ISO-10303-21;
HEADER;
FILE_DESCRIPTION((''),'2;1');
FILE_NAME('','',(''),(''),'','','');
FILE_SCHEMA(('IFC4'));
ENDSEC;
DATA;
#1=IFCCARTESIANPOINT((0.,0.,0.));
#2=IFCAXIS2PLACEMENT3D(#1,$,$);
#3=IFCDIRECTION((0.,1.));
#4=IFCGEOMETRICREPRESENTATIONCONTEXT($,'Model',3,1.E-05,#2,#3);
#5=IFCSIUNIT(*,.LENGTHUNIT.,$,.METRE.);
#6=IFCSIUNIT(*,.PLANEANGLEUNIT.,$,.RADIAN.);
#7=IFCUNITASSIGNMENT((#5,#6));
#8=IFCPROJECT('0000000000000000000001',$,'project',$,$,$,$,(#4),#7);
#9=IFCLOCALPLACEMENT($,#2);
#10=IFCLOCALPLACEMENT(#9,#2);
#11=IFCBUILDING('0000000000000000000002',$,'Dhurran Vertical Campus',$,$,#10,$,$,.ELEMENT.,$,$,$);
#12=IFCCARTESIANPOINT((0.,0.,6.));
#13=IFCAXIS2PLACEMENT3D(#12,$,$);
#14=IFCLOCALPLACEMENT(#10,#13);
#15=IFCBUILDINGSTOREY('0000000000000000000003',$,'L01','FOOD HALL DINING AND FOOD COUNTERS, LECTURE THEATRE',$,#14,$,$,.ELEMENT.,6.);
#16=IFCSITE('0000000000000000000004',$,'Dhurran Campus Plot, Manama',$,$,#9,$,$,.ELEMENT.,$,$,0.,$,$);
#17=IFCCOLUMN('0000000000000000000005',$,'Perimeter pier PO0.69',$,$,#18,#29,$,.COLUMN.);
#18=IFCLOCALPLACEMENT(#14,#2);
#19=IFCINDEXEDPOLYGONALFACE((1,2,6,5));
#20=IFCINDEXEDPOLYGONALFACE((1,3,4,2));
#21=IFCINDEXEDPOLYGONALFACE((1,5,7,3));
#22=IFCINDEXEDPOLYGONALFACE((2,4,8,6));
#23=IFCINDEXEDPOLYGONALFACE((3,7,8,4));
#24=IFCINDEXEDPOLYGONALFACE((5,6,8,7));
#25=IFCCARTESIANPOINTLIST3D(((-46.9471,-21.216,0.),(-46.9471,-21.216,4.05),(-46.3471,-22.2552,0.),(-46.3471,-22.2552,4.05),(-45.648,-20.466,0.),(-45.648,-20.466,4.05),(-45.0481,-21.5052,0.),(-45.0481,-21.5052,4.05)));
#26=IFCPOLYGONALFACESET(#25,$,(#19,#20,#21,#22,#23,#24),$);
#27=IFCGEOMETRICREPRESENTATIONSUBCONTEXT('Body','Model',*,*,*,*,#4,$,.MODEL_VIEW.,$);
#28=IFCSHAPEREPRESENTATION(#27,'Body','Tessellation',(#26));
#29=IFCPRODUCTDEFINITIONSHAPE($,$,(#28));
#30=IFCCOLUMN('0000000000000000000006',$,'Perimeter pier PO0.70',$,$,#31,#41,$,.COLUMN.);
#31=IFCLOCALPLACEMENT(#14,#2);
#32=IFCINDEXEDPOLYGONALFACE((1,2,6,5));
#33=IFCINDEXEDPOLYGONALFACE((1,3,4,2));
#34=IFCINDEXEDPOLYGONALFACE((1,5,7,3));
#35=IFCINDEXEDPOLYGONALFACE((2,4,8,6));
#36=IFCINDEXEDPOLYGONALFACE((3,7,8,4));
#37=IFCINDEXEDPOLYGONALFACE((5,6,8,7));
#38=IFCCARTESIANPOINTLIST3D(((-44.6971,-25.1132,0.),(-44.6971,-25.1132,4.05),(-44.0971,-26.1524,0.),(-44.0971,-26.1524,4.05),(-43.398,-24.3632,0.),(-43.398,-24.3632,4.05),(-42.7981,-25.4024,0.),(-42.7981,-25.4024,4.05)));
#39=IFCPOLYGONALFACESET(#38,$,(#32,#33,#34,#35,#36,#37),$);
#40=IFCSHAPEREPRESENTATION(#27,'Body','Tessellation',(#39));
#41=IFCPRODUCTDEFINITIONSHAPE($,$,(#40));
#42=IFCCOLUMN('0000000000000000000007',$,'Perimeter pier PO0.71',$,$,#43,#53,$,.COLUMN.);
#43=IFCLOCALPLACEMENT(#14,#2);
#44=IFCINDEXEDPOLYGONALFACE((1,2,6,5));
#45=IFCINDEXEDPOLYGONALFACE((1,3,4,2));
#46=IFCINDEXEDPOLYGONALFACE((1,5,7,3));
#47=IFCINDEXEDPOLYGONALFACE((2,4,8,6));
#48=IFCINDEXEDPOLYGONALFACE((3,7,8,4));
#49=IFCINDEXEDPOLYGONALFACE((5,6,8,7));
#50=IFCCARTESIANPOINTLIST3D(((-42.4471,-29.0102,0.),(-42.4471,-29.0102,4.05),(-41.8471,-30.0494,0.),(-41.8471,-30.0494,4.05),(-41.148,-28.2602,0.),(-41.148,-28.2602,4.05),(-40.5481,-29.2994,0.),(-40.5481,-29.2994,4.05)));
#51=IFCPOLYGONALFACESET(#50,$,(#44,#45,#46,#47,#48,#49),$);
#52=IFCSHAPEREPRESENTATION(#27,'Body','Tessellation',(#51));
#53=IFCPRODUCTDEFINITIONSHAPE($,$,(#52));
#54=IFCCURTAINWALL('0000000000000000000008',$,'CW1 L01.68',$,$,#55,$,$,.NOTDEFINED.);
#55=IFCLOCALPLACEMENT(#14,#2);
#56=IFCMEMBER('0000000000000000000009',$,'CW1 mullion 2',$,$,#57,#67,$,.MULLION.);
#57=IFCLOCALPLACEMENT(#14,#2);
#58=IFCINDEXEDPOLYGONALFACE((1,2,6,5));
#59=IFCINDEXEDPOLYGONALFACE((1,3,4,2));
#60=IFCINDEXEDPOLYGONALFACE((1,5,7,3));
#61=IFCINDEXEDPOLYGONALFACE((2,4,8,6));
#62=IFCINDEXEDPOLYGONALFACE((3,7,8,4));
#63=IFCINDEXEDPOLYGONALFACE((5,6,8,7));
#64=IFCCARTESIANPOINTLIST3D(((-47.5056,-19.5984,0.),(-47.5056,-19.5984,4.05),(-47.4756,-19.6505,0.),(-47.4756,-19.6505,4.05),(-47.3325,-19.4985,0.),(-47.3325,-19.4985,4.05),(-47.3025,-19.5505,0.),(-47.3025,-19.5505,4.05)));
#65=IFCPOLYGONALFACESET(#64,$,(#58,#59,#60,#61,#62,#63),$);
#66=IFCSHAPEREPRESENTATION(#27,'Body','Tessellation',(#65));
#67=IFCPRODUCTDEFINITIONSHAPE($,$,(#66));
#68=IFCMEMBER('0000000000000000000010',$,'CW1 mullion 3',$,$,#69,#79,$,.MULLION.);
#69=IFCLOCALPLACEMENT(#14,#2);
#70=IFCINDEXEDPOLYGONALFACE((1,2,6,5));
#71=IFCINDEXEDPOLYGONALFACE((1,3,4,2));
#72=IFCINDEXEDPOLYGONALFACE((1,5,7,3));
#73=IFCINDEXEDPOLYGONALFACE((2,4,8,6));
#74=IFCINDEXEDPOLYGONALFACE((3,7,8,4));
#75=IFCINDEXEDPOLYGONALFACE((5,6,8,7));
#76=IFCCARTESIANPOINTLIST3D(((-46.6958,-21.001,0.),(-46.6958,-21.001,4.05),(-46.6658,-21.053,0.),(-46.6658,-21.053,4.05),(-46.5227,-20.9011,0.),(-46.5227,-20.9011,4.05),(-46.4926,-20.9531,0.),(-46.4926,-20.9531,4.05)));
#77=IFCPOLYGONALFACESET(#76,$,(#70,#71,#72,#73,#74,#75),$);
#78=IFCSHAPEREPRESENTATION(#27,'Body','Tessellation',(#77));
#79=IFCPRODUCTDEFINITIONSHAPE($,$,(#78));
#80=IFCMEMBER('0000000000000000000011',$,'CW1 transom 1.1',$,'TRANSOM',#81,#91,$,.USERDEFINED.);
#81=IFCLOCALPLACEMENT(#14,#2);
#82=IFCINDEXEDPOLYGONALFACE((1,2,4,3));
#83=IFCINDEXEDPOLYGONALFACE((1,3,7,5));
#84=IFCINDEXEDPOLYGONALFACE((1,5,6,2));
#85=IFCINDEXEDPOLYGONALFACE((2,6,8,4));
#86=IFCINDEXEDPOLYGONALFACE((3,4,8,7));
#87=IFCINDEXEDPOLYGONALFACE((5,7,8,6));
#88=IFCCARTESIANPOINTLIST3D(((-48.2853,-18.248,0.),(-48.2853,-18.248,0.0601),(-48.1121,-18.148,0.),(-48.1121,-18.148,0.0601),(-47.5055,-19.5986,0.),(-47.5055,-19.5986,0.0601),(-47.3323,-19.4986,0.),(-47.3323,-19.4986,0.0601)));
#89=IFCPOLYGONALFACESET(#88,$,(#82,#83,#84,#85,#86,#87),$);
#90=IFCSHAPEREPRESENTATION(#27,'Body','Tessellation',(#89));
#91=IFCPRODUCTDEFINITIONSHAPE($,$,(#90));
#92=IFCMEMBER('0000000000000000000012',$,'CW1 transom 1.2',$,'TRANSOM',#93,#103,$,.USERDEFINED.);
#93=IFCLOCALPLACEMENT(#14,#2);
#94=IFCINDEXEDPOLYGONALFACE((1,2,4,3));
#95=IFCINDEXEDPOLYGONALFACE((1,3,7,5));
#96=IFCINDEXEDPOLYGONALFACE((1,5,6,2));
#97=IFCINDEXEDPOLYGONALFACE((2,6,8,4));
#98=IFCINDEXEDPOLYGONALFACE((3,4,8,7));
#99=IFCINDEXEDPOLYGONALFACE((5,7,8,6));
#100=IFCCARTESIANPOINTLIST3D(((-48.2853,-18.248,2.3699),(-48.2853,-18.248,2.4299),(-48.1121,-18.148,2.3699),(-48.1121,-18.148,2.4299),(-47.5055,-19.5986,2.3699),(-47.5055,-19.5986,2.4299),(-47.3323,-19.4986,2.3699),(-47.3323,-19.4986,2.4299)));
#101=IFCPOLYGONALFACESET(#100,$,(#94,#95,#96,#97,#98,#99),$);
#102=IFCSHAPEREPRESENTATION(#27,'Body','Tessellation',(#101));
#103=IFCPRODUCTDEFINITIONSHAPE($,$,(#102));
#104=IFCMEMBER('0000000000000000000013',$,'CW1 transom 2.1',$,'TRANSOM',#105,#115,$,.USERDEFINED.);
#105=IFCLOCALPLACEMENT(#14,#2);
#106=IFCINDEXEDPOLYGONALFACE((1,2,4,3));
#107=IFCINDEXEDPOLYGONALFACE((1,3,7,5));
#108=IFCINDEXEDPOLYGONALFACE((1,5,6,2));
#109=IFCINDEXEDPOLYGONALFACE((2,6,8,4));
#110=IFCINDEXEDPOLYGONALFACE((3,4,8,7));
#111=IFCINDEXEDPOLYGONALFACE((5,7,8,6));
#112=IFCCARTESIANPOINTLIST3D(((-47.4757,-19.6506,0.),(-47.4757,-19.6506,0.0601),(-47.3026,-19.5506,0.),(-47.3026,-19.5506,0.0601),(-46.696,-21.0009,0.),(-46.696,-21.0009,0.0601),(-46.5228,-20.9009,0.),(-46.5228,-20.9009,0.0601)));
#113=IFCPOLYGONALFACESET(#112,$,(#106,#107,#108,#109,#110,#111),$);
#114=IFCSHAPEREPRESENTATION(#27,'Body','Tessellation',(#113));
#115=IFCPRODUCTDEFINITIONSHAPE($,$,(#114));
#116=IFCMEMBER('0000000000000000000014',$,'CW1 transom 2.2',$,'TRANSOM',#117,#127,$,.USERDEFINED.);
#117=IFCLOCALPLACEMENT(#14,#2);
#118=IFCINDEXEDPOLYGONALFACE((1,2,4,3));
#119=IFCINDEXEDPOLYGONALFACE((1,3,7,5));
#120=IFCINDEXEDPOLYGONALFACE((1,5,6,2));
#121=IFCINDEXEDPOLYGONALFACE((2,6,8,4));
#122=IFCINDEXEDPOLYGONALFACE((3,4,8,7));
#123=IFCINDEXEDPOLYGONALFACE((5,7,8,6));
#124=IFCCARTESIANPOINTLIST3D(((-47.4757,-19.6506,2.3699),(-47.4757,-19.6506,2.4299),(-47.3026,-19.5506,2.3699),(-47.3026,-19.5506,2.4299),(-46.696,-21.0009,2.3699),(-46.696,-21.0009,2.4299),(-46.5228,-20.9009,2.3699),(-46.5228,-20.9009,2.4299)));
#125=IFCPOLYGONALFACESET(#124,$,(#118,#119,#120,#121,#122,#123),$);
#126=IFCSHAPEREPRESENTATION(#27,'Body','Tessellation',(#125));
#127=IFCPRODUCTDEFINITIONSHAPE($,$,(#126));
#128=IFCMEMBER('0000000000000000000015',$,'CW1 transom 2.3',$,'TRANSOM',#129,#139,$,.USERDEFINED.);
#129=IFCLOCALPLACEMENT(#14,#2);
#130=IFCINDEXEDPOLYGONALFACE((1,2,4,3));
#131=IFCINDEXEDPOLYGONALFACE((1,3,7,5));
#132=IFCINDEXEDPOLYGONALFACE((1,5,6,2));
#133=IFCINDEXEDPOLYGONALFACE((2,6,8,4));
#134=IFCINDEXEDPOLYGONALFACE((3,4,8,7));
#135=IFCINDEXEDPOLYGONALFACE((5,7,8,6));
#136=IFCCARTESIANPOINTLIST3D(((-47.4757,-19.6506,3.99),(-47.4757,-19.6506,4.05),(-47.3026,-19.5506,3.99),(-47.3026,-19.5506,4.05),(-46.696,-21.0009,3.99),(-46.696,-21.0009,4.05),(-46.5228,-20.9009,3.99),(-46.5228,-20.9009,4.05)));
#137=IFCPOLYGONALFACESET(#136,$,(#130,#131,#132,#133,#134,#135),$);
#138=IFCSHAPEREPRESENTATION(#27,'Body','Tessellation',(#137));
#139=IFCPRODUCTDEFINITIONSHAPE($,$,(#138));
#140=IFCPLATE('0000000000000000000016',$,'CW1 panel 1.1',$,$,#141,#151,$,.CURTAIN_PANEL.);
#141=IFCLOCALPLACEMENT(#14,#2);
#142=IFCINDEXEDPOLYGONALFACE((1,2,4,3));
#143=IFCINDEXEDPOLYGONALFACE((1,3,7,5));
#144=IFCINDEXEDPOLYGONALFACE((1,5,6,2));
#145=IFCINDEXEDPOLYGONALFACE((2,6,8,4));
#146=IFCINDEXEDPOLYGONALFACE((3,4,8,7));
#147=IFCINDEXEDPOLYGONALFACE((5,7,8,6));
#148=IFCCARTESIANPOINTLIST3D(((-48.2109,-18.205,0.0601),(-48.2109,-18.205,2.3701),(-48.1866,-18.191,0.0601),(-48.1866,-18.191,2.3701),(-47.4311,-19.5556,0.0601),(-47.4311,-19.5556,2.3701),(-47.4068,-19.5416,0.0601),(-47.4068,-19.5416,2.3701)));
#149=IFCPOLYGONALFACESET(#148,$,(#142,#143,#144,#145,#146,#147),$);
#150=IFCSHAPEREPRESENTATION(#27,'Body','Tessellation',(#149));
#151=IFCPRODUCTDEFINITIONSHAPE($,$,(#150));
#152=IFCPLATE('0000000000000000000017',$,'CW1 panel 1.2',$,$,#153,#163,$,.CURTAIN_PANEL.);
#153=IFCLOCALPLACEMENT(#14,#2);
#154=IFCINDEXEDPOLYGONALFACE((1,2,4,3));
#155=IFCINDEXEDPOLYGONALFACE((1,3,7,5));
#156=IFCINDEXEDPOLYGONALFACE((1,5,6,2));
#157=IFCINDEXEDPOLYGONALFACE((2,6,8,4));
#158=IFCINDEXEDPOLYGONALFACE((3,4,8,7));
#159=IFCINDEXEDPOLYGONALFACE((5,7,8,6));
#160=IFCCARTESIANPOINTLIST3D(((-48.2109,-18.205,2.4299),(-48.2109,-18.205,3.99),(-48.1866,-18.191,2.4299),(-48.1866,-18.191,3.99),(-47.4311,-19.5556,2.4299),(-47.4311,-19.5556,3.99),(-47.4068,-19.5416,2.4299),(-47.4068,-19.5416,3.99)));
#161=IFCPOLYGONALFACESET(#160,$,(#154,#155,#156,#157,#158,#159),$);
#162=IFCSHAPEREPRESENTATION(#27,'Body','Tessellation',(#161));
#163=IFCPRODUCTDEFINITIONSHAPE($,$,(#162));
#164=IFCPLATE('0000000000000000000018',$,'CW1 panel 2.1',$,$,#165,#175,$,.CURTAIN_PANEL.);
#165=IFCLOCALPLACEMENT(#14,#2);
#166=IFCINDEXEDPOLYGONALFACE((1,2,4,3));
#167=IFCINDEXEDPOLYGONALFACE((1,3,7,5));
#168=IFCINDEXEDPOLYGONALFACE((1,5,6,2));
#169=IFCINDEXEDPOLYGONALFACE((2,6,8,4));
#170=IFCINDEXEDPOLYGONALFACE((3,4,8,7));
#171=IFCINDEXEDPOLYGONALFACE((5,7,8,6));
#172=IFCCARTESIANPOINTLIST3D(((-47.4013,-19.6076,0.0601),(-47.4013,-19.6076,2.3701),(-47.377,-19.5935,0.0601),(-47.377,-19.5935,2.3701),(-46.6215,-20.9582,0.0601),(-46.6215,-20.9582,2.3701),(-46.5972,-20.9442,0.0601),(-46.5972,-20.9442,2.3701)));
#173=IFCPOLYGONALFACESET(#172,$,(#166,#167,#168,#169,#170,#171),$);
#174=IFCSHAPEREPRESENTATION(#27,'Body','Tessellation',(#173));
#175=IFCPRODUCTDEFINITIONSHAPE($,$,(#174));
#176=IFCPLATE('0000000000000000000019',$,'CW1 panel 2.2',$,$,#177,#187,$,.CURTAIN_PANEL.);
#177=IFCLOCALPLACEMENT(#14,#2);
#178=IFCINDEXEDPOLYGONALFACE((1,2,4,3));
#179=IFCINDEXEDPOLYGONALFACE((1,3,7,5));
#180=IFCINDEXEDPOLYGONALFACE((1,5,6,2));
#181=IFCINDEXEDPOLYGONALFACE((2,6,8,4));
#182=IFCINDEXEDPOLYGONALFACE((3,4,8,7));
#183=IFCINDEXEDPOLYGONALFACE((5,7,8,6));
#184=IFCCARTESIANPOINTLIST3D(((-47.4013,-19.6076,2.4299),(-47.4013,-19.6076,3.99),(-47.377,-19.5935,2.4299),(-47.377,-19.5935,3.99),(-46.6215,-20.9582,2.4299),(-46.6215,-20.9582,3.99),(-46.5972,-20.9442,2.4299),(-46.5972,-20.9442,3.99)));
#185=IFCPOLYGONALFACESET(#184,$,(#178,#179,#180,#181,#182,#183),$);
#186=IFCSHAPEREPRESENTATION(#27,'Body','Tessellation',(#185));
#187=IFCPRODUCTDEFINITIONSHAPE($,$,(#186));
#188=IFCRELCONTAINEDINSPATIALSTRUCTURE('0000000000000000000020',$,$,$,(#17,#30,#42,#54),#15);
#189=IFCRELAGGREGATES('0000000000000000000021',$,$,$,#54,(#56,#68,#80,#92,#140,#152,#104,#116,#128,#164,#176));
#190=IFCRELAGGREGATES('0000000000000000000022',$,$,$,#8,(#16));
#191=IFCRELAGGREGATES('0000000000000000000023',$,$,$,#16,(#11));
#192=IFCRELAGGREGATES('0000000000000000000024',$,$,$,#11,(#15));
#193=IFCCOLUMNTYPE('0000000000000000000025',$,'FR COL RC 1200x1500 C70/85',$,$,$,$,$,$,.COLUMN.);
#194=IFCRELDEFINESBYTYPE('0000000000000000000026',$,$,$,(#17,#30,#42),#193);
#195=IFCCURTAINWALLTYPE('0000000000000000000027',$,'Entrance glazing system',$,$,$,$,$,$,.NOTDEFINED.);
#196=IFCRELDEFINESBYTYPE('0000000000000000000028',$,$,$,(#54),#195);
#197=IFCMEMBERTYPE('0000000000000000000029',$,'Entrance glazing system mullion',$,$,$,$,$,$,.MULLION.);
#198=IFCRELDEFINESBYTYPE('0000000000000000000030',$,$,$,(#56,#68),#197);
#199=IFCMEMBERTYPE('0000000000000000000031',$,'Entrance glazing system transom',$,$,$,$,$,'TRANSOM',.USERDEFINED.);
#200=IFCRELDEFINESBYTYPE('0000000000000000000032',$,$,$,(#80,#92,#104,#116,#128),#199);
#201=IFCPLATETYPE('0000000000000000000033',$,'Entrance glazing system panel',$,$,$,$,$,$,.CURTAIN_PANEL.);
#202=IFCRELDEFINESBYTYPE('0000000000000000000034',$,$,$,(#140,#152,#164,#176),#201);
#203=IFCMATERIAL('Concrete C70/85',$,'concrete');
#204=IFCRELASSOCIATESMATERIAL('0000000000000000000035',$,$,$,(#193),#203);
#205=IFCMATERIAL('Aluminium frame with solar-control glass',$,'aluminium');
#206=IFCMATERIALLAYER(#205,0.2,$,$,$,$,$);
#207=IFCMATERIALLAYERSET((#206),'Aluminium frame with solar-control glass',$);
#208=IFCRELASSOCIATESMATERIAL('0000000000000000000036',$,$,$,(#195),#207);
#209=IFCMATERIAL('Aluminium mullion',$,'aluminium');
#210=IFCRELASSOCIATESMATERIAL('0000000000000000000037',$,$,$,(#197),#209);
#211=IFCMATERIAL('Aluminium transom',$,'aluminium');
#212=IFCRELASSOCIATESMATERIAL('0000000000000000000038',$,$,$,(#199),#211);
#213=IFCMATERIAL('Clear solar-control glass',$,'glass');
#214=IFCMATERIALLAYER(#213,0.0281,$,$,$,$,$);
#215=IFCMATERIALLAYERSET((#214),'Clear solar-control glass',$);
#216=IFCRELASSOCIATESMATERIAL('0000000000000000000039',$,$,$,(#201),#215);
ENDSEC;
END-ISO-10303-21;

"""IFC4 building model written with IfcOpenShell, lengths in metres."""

from ifc_helpers import new_model, si_unit, direction, frame, origin, origin_2d, place, context, subcontext, project, spatial, rectangle, extrude, material, layer, layer_set, material_profile, profile_set, type_object, element, aggregate, save


model = new_model("IFC4")

# Units and contexts
model_context = context("Model", 3, precision=1e-05, world=origin(), true_north=direction((0.0, 1.0)))
body_context = subcontext(model_context, "Body", "Model", "MODEL_VIEW")
ifc_project = project(units=[si_unit("LENGTHUNIT", "METRE"), si_unit("PLANEANGLEUNIT", "RADIAN")], contexts=[model_context])

# Site, building, storey
site_placement = place(None, origin())
site = spatial("IfcSite", under=ifc_project, at=site_placement, Name="Dhurran Campus Plot, Manama", CompositionType="ELEMENT", RefElevation=0.0)
building_placement = place(site_placement, origin())
building = spatial("IfcBuilding", under=site, at=building_placement, Name="Dhurran Vertical Campus", CompositionType="ELEMENT")
storey_placement = place(building_placement, frame((0.0, 0.0, 6.0)))
storey = spatial("IfcBuildingStorey", under=building, at=storey_placement, Name="L01", Description="FOOD HALL DINING AND FOOD COUNTERS, LECTURE THEATRE", CompositionType="ELEMENT", Elevation=6.0)

# Columns
ifc_material_1 = material(Name="Concrete C70/85", Category="concrete")
ifc_material_profile_1 = material_profile(ifc_material_1, rectangle(XDim=1.2, YDim=1.5, at=origin_2d()), Name="RC 1200x1500")
ifc_profile_set_1 = profile_set([ifc_material_profile_1], Name="Concrete C70/85")
column_type = type_object("IfcColumnType", Name="FR COL RC 1200x1500 C70/85", PredefinedType="COLUMN", material=ifc_profile_set_1)
for number, where, z_axis, x_axis, name in (
    (1, (-45.9976, -21.3606, 0.0), (0.0, 0.0, 1.0), (0.5, -0.866025, 0.0), "Perimeter pier PO0.69"),
    (2, (-43.7476, -25.2578, 0.0), (0.0, 0.0, 1.0), (0.5, -0.866025, 0.0), "Perimeter pier PO0.70"),
    (3, (-41.4976, -29.1548, 0.0), (0.0, 0.0, 1.0), (0.5, -0.866025, 0.0), "Perimeter pier PO0.71"),
):
    element("IfcColumn", number, at=place(storey_placement, frame(where, z_axis=z_axis, x_axis=x_axis)), inside=storey, type_object=column_type, Name=name, PredefinedType="COLUMN", context=body_context, shape_type="SweptSolid", body=[
        extrude(rectangle(XDim=1.2, YDim=1.5, at=origin_2d()), origin(), (0.0, 0.0, 1.0), 4.05),
    ])

# Curtain wall, members, plates
ifc_material_2 = material(Name="Aluminium frame with solar-control glass", Category="aluminium")
ifc_layer_1 = layer(ifc_material_2, 0.2)
ifc_layer_set_1 = layer_set([ifc_layer_1], Name="Aluminium frame with solar-control glass")
curtain_wall_type = type_object("IfcCurtainWallType", Name="Entrance glazing system", PredefinedType="NOTDEFINED", material=ifc_layer_set_1)
curtain_wall_placement = place(storey_placement, origin())
curtain_wall = element("IfcCurtainWall", 4, at=curtain_wall_placement, inside=storey, type_object=curtain_wall_type, Name="CW1 L01.68", PredefinedType="NOTDEFINED")
ifc_material_3 = material(Name="Aluminium mullion", Category="aluminium")
ifc_material_profile_2 = material_profile(ifc_material_3, rectangle(XDim=0.2, YDim=0.0601, at=origin_2d()), Name="Entrance glazing system mullion")
ifc_profile_set_2 = profile_set([ifc_material_profile_2], Name="Aluminium mullion")
member_type_1 = type_object("IfcMemberType", Name="Entrance glazing system mullion", PredefinedType="MULLION", material=ifc_profile_set_2)
member_1_placement = place(storey_placement, frame((-47.4041, -19.5745, 0.0), z_axis=(0.0, 0.0, 1.0), x_axis=(0.866024, 0.500002, 0.0)))
member_1 = element("IfcMember", 5, at=member_1_placement, type_object=member_type_1, Name="CW1 mullion 2", PredefinedType="MULLION", context=body_context, shape_type="SweptSolid", body=[
    extrude(rectangle(XDim=0.2, YDim=0.0601, at=origin_2d()), origin(), (0.0, 0.0, 1.0), 4.05),
])
member_2_placement = place(storey_placement, frame((-46.5942, -20.9771, 0.0), z_axis=(0.0, 0.0, 1.0), x_axis=(0.866024, 0.500002, 0.0)))
member_2 = element("IfcMember", 6, at=member_2_placement, type_object=member_type_1, Name="CW1 mullion 3", PredefinedType="MULLION", context=body_context, shape_type="SweptSolid", body=[
    extrude(rectangle(XDim=0.2, YDim=0.0601, at=origin_2d()), origin(), (0.0, 0.0, 1.0), 4.05),
])
ifc_material_4 = material(Name="Aluminium transom", Category="aluminium")
ifc_material_profile_3 = material_profile(ifc_material_4, rectangle(XDim=0.2, YDim=0.0601, at=origin_2d()), Name="Entrance glazing system transom")
ifc_profile_set_3 = profile_set([ifc_material_profile_3], Name="Aluminium transom")
member_type_2 = type_object("IfcMemberType", Name="Entrance glazing system transom", ElementType="TRANSOM", PredefinedType="USERDEFINED", material=ifc_profile_set_3)
member_3_placement = place(storey_placement, frame((-48.1987, -18.198, 0.03), z_axis=(0.500012, -0.866019, 0.0), x_axis=(0.866019, 0.500012, 0.0)))
member_3 = element("IfcMember", 7, at=member_3_placement, type_object=member_type_2, Name="CW1 transom 1.1", ObjectType="TRANSOM", PredefinedType="USERDEFINED", context=body_context, shape_type="SweptSolid", body=[
    extrude(rectangle(XDim=0.2, YDim=0.0601, at=origin_2d()), origin(), (0.0, 0.0, 1.0), 1.5596),
])
member_4_placement = place(storey_placement, frame((-48.1987, -18.198, 2.3999), z_axis=(0.500012, -0.866019, 0.0), x_axis=(0.866019, 0.500012, 0.0)))
member_4 = element("IfcMember", 8, at=member_4_placement, type_object=member_type_2, Name="CW1 transom 1.2", ObjectType="TRANSOM", PredefinedType="USERDEFINED", context=body_context, shape_type="SweptSolid", body=[
    extrude(rectangle(XDim=0.2, YDim=0.0601, at=origin_2d()), origin(), (0.0, 0.0, 1.0), 1.5596),
])
member_5_placement = place(storey_placement, frame((-47.3892, -19.6006, 0.03), z_axis=(0.500079, -0.86598, 0.0), x_axis=(0.86598, 0.500079, 0.0)))
member_5 = element("IfcMember", 9, at=member_5_placement, type_object=member_type_2, Name="CW1 transom 2.1", ObjectType="TRANSOM", PredefinedType="USERDEFINED", context=body_context, shape_type="SweptSolid", body=[
    extrude(rectangle(XDim=0.2, YDim=0.0601, at=origin_2d()), origin(), (0.0, 0.0, 1.0), 1.5593),
])
member_6_placement = place(storey_placement, frame((-47.3892, -19.6006, 2.3999), z_axis=(0.500079, -0.86598, 0.0), x_axis=(0.86598, 0.500079, 0.0)))
member_6 = element("IfcMember", 10, at=member_6_placement, type_object=member_type_2, Name="CW1 transom 2.2", ObjectType="TRANSOM", PredefinedType="USERDEFINED", context=body_context, shape_type="SweptSolid", body=[
    extrude(rectangle(XDim=0.2, YDim=0.0601, at=origin_2d()), origin(), (0.0, 0.0, 1.0), 1.5593),
])
member_7_placement = place(storey_placement, frame((-47.3892, -19.6006, 4.02), z_axis=(0.500079, -0.86598, 0.0), x_axis=(0.86598, 0.500079, 0.0)))
member_7 = element("IfcMember", 11, at=member_7_placement, type_object=member_type_2, Name="CW1 transom 2.3", ObjectType="TRANSOM", PredefinedType="USERDEFINED", context=body_context, shape_type="SweptSolid", body=[
    extrude(rectangle(XDim=0.2, YDim=0.0601, at=origin_2d()), origin(), (0.0, 0.0, 1.0), 1.5593),
])
ifc_material_5 = material(Name="Clear solar-control glass", Category="glass")
ifc_layer_2 = layer(ifc_material_5, 0.0281)
ifc_layer_set_2 = layer_set([ifc_layer_2], Name="Clear solar-control glass")
plate_type = type_object("IfcPlateType", Name="Entrance glazing system panel", PredefinedType="CURTAIN_PANEL", material=ifc_layer_set_2)
plate_1_placement = place(storey_placement, frame((-47.8088, -18.8733, 0.0601), z_axis=(0.0, 0.0, 1.0), x_axis=(0.500002, -0.866024, 0.0)))
plate_1 = element("IfcPlate", 12, at=plate_1_placement, type_object=plate_type, Name="CW1 panel 1.1", PredefinedType="CURTAIN_PANEL", context=body_context, shape_type="SweptSolid", body=[
    extrude(rectangle(XDim=1.5596, YDim=0.0281, at=origin_2d()), origin(), (0.0, 0.0, 1.0), 2.3101),
])
plate_2_placement = place(storey_placement, frame((-47.8088, -18.8733, 2.4299), z_axis=(0.0, 0.0, 1.0), x_axis=(0.500002, -0.866024, 0.0)))
plate_2 = element("IfcPlate", 13, at=plate_2_placement, type_object=plate_type, Name="CW1 panel 1.2", PredefinedType="CURTAIN_PANEL", context=body_context, shape_type="SweptSolid", body=[
    extrude(rectangle(XDim=1.5596, YDim=0.0281, at=origin_2d()), origin(), (0.0, 0.0, 1.0), 1.5601),
])
plate_3_placement = place(storey_placement, frame((-46.9993, -20.2759, 0.0601), z_axis=(0.0, 0.0, 1.0), x_axis=(0.500002, -0.866024, 0.0)))
plate_3 = element("IfcPlate", 14, at=plate_3_placement, type_object=plate_type, Name="CW1 panel 2.1", PredefinedType="CURTAIN_PANEL", context=body_context, shape_type="SweptSolid", body=[
    extrude(rectangle(XDim=1.5596, YDim=0.0281, at=origin_2d()), origin(), (0.0, 0.0, 1.0), 2.3101),
])
plate_4_placement = place(storey_placement, frame((-46.9993, -20.2759, 2.4299), z_axis=(0.0, 0.0, 1.0), x_axis=(0.500002, -0.866024, 0.0)))
plate_4 = element("IfcPlate", 15, at=plate_4_placement, type_object=plate_type, Name="CW1 panel 2.2", PredefinedType="CURTAIN_PANEL", context=body_context, shape_type="SweptSolid", body=[
    extrude(rectangle(XDim=1.5596, YDim=0.0281, at=origin_2d()), origin(), (0.0, 0.0, 1.0), 1.5601),
])
aggregate(curtain_wall, [member_1, member_2, member_3, member_4, plate_1, plate_2, member_5, member_6, member_7, plate_3, plate_4])

save(model, "model.ifc")
